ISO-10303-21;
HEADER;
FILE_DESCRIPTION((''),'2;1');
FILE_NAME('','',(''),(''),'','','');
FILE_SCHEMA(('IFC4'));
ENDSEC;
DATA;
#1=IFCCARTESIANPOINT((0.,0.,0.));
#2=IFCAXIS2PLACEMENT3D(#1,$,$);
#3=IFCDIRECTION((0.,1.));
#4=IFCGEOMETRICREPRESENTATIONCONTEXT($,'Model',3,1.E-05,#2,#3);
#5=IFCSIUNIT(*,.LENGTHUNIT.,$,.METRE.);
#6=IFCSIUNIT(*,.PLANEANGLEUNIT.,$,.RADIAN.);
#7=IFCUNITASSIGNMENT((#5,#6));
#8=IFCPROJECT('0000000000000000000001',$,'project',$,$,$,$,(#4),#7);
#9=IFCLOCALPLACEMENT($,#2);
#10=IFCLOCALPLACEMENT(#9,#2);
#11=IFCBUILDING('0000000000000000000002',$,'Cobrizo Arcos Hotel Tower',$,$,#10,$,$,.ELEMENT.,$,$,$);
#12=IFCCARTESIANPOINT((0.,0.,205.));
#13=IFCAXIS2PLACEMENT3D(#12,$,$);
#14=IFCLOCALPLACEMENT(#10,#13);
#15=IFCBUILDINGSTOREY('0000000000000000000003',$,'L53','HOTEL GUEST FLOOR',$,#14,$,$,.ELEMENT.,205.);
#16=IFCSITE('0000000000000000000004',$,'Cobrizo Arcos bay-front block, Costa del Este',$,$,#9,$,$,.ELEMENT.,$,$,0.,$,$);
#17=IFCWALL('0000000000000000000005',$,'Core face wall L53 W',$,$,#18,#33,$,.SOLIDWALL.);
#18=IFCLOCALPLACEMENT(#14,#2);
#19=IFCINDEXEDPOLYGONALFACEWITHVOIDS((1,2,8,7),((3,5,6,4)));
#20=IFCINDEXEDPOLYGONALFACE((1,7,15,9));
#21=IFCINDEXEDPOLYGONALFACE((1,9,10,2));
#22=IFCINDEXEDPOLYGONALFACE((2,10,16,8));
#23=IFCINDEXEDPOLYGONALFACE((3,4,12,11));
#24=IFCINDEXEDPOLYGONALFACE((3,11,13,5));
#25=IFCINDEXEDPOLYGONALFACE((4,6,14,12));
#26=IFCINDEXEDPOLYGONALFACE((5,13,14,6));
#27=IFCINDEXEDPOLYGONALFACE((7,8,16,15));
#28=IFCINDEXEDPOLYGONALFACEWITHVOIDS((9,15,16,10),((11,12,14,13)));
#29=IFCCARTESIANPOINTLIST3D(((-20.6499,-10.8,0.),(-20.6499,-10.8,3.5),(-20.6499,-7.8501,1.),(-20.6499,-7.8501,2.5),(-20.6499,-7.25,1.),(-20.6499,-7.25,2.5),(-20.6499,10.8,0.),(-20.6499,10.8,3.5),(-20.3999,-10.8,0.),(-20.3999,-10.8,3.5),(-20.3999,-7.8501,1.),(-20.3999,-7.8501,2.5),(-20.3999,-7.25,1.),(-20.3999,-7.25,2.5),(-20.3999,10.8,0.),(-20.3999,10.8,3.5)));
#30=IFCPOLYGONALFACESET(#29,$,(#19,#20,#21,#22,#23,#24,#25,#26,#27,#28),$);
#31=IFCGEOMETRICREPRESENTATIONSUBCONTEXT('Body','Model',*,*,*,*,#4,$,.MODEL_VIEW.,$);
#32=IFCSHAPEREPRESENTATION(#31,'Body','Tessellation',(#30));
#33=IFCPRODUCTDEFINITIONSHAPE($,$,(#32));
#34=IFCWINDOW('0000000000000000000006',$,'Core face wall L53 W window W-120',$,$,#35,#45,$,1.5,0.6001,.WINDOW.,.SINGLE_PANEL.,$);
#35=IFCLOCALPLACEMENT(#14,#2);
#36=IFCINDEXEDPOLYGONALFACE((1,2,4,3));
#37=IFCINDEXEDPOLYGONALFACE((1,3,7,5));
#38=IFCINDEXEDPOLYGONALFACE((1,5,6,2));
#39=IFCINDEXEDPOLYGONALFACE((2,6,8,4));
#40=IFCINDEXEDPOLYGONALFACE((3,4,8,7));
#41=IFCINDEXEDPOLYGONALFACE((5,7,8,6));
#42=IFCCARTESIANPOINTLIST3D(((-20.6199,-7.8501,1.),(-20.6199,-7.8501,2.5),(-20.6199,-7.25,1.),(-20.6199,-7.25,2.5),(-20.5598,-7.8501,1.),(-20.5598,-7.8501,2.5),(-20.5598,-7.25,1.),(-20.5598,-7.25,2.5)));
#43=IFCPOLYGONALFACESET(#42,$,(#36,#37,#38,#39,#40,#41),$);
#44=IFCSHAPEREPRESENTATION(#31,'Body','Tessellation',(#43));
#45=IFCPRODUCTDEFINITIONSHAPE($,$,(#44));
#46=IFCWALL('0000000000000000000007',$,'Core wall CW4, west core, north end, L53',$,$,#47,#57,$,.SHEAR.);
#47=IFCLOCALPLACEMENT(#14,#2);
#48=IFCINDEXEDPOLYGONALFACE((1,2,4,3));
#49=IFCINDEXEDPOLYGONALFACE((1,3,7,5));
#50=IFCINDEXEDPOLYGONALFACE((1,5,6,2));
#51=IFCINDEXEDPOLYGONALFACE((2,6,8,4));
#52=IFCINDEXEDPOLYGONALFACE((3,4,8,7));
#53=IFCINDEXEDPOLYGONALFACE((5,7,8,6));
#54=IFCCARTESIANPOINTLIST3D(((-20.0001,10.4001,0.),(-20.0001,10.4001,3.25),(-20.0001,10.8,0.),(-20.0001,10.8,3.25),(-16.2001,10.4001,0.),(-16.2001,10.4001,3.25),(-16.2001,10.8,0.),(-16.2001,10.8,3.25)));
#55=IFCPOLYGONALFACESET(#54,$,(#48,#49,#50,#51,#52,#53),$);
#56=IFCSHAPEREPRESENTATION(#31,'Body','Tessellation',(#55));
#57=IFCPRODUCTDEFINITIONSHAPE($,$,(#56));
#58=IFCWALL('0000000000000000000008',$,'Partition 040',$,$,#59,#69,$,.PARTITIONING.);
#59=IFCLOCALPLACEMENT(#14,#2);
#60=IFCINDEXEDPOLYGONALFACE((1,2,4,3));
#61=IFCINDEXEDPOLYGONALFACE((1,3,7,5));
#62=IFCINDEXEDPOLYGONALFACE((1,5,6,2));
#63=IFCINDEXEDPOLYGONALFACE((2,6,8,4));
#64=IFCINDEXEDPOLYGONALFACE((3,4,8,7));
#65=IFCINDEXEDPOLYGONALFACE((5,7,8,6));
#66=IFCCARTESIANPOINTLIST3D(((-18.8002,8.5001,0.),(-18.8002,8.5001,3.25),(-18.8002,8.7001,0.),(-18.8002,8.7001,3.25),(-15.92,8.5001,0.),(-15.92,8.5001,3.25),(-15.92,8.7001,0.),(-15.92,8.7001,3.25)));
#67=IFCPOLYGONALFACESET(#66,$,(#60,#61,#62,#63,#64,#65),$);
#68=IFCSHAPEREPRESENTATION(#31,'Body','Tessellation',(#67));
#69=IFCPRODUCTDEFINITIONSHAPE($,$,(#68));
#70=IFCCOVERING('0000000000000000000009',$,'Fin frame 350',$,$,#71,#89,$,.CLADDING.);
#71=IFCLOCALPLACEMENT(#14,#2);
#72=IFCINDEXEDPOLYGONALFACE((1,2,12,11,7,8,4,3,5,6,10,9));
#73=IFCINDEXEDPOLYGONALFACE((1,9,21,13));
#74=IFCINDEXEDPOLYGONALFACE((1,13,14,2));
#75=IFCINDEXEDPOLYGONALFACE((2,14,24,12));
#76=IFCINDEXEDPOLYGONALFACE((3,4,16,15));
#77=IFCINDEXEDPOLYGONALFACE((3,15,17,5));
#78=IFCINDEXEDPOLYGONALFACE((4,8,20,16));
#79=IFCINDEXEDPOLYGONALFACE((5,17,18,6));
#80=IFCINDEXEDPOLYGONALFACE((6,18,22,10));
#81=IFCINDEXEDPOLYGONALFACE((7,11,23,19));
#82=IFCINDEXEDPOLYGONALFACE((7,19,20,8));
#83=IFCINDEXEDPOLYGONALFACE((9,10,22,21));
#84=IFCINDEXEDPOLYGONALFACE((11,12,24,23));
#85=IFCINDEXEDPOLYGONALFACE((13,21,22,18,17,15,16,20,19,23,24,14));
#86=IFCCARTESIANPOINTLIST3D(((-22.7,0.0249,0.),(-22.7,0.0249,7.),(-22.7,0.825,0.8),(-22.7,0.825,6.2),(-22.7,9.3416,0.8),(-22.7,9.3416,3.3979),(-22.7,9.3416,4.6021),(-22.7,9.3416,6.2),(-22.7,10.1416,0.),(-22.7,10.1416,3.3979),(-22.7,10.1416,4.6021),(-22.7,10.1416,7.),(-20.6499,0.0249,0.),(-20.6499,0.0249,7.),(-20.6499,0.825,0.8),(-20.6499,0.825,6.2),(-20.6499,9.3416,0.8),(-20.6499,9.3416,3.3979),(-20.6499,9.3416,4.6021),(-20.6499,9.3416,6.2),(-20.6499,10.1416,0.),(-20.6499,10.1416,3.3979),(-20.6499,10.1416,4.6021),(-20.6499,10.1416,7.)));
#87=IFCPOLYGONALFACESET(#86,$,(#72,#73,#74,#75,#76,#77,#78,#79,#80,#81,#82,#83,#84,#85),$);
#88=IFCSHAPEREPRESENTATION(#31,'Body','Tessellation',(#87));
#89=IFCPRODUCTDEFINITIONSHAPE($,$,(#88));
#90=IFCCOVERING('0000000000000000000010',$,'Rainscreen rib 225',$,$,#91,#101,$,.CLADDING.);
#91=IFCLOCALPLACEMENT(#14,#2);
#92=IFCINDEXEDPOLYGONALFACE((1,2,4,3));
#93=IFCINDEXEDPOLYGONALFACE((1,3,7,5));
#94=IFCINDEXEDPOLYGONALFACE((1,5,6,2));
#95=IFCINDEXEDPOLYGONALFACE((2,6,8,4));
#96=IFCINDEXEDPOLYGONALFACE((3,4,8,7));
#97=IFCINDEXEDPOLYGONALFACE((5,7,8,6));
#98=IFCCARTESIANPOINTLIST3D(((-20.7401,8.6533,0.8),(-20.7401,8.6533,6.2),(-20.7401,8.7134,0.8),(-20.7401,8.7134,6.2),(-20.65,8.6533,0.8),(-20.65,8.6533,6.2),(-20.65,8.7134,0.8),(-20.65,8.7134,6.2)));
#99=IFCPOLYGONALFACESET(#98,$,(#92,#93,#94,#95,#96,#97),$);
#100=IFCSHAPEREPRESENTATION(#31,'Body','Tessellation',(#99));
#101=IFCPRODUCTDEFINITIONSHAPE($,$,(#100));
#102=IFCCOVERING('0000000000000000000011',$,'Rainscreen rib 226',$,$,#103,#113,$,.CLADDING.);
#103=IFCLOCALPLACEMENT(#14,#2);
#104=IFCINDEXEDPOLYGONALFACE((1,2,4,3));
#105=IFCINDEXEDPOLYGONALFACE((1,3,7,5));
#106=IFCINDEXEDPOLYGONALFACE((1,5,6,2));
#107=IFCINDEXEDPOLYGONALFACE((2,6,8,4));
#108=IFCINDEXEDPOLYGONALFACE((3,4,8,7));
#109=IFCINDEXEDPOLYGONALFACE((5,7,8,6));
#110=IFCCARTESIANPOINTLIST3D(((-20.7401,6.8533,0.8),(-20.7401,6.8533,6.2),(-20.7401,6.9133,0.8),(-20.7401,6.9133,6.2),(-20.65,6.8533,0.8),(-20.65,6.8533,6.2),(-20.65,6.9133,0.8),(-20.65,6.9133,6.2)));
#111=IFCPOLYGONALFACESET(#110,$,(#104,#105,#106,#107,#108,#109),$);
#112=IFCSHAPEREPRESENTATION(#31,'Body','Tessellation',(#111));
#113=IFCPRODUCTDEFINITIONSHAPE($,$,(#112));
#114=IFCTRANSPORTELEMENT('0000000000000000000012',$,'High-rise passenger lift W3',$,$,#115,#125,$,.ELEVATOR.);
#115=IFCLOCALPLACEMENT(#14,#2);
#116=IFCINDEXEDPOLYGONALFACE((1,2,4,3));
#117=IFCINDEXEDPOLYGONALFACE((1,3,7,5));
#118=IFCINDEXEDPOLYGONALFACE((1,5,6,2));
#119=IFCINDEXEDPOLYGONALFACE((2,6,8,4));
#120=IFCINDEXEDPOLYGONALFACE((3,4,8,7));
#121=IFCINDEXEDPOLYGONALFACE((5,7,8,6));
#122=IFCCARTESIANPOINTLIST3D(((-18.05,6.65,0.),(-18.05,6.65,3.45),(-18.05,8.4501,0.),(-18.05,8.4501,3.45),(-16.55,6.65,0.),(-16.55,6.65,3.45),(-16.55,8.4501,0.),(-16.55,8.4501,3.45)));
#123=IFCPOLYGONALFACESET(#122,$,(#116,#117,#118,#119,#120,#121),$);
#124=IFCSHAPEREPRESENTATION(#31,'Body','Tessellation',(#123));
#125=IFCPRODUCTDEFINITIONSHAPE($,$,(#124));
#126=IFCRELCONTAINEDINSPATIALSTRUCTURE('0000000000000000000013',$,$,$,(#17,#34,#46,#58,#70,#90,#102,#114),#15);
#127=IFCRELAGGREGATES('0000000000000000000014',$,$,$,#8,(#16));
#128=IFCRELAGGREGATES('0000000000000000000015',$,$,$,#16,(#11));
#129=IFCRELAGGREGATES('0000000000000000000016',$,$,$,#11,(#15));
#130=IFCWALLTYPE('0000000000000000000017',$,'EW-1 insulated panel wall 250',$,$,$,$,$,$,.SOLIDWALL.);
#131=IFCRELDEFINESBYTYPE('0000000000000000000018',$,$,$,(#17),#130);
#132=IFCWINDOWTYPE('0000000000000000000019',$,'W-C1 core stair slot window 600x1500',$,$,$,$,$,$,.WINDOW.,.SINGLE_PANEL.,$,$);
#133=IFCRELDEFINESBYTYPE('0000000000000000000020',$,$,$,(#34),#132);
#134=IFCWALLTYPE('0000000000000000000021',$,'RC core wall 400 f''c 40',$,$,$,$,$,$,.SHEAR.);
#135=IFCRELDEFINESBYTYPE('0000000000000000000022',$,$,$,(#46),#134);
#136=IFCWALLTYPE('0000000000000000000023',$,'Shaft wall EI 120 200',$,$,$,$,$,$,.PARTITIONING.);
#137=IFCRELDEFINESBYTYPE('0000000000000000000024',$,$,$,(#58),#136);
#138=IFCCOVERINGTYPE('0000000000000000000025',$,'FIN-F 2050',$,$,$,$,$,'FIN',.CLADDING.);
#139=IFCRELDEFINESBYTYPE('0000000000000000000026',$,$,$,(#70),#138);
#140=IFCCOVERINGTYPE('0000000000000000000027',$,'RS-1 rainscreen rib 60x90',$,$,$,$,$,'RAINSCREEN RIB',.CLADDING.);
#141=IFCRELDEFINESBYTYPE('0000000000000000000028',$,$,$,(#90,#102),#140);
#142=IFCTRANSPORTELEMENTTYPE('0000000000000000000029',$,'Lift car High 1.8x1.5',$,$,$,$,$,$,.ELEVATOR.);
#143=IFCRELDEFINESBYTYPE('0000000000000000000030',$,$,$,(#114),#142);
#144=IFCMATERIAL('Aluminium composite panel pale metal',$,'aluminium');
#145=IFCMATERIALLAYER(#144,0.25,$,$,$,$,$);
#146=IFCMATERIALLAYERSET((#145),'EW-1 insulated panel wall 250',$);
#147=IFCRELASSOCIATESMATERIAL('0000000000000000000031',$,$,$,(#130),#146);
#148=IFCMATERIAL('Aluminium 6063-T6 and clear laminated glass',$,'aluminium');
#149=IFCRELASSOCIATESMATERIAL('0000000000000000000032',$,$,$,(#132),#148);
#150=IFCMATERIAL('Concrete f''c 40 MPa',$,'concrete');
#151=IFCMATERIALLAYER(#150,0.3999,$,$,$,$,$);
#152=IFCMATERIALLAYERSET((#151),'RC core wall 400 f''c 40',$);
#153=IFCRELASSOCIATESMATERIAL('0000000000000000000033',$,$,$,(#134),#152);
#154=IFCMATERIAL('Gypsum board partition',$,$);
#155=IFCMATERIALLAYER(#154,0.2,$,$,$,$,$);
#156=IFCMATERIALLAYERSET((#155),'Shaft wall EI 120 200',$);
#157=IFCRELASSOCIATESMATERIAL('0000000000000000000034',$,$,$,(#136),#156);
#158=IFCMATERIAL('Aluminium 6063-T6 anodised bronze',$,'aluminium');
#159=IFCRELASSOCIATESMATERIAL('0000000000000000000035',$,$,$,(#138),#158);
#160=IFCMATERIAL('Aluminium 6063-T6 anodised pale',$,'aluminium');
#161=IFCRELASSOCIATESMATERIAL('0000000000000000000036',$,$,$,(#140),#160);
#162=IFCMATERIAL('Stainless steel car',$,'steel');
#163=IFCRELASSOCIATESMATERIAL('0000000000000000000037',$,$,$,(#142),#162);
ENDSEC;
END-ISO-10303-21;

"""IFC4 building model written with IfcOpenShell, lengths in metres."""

from ifc_helpers import new_model, si_unit, direction, frame, frame_2d, origin, origin_2d, place, context, subcontext, project, spatial, polyline, rectangle, outline, extrude, material, layer, layer_set, type_object, element, fill, save


model = new_model("IFC4")

# Units and contexts
model_context = context("Model", 3, precision=1e-05, world=origin(), true_north=direction((0.0, 1.0)))
body_context = subcontext(model_context, "Body", "Model", "MODEL_VIEW")
ifc_project = project(units=[si_unit("LENGTHUNIT", "METRE"), si_unit("PLANEANGLEUNIT", "RADIAN")], contexts=[model_context])

# Site, building, storey
site_placement = place(None, origin())
site = spatial("IfcSite", under=ifc_project, at=site_placement, Name="Cobrizo Arcos bay-front block, Costa del Este", CompositionType="ELEMENT", RefElevation=0.0)
building_placement = place(site_placement, origin())
building = spatial("IfcBuilding", under=site, at=building_placement, Name="Cobrizo Arcos Hotel Tower", CompositionType="ELEMENT")
storey_placement = place(building_placement, frame((0.0, 0.0, 205.0)))
storey = spatial("IfcBuildingStorey", under=building, at=storey_placement, Name="L53", Description="HOTEL GUEST FLOOR", CompositionType="ELEMENT", Elevation=205.0)

# Shared definitions
ifc_material_1 = material(Name="Aluminium 6063-T6 anodised bronze", Category="aluminium")

# Shared definitions
ifc_material_2 = material(Name="Gypsum board partition")

# Wall, opening, window
ifc_material_3 = material(Name="Aluminium composite panel pale metal", Category="aluminium")
ifc_layer_1 = layer(ifc_material_3, 0.25)
ifc_layer_set_1 = layer_set([ifc_layer_1], Name="EW-1 insulated panel wall 250")
wall_type_1 = type_object("IfcWallType", Name="EW-1 insulated panel wall 250", PredefinedType="SOLIDWALL", material=ifc_layer_set_1)
wall_1_placement = place(storey_placement, frame((-20.5249, 10.8, 0.0), z_axis=(0.0, 0.0, 1.0), x_axis=(0.0, -1.0, 0.0)))
wall_1 = element("IfcWall", 1, at=wall_1_placement, inside=storey, type_object=wall_type_1, Name="Core face wall L53 W", PredefinedType="SOLIDWALL", context=body_context, shape_type="SweptSolid", body=[
    extrude(rectangle(XDim=21.6001, YDim=0.25, at=frame_2d((10.8, 0.0))), origin(), (0.0, 0.0, 1.0), 3.5),
])
opening_1_placement = place(wall_1_placement, frame((18.05, 0.0, 1.0)))
opening_1 = element("IfcOpeningElement", 2, at=opening_1_placement, cuts=wall_1, PredefinedType="OPENING", context=body_context, shape_type="SweptSolid", body=[
    extrude(rectangle(XDim=0.6001, YDim=1.5, at=frame_2d((0.3, 0.75))), frame((0.0, 0.137, 0.0), z_axis=(0.0, -1.0, 0.0), x_axis=(1.0, 0.0, 0.0)), (0.0, 0.0, 1.0), 0.2739),
])
ifc_material_4 = material(Name="Aluminium 6063-T6 and clear laminated glass", Category="aluminium")
window_type = type_object("IfcWindowType", Name="W-C1 core stair slot window 600x1500", PartitioningType="SINGLE_PANEL", PredefinedType="WINDOW", material=ifc_material_4)
window_placement = place(opening_1_placement, origin())
window = element("IfcWindow", 3, at=window_placement, inside=storey, type_object=window_type, Name="Core face wall L53 W window W-120", OverallHeight=1.5, OverallWidth=0.6001, PartitioningType="SINGLE_PANEL", PredefinedType="WINDOW", context=body_context, shape_type="SweptSolid", body=[
    extrude(rectangle(XDim=0.6001, YDim=1.5, at=frame_2d((0.3, 0.75))), frame((0.0, -0.0349, 0.0), z_axis=(0.0, -1.0, 0.0), x_axis=(1.0, 0.0, 0.0)), (0.0, 0.0, 1.0), 0.0601),
])
fill(opening_1, window)

# Walls
ifc_material_5 = material(Name="Concrete f'c 40 MPa", Category="concrete")
ifc_layer_2 = layer(ifc_material_5, 0.3999)
ifc_layer_set_2 = layer_set([ifc_layer_2], Name="RC core wall 400 f'c 40")
wall_type_2 = type_object("IfcWallType", Name="RC core wall 400 f'c 40", PredefinedType="SHEAR", material=ifc_layer_set_2)
wall_2_placement = place(storey_placement, frame((-20.0, 10.6001, 0.0), z_axis=(0.0, 0.0, 1.0), x_axis=(1.0, 0.0, 0.0)))
element("IfcWall", 4, at=wall_2_placement, inside=storey, type_object=wall_type_2, Name="Core wall CW4, west core, north end, L53", PredefinedType="SHEAR", context=body_context, shape_type="SweptSolid", body=[
    extrude(rectangle(XDim=3.8, YDim=0.3999, at=frame_2d((1.8999, 0.0))), origin(), (0.0, 0.0, 1.0), 3.25),
])
ifc_layer_3 = layer(ifc_material_2, 0.2)
ifc_layer_set_3 = layer_set([ifc_layer_3], Name="Shaft wall EI 120 200")
wall_type_3 = type_object("IfcWallType", Name="Shaft wall EI 120 200", PredefinedType="PARTITIONING", material=ifc_layer_set_3)
wall_3_placement = place(storey_placement, frame((-18.8, 8.6001, 0.0), z_axis=(0.0, 0.0, 1.0), x_axis=(1.0, 0.0, 0.0)))
element("IfcWall", 5, at=wall_3_placement, inside=storey, type_object=wall_type_3, Name="Partition 040", PredefinedType="PARTITIONING", context=body_context, shape_type="SweptSolid", body=[
    extrude(rectangle(XDim=2.8801, YDim=0.2, at=frame_2d((1.4399, 0.0))), origin(), (0.0, 0.0, 1.0), 3.25),
])

# Coverings
covering_type_1 = type_object("IfcCoveringType", Name="FIN-F 2050", ElementType="FIN", PredefinedType="CLADDING", material=ifc_material_1)
covering_placement = place(storey_placement, frame((-20.6499, 10.1416, 0.0), z_axis=(-1.0, 0.0, 0.0), x_axis=(0.0, -1.0, 0.0)))
element("IfcCovering", 6, at=covering_placement, inside=storey, type_object=covering_type_1, Name="Fin frame 350", PredefinedType="CLADDING", context=body_context, shape_type="SweptSolid", body=[
    extrude(outline(polyline([(0.0, 7.0), (0.0, 4.6021), (0.8, 4.6021), (0.8, 6.2), (9.3167, 6.2), (9.3167, 0.8), (0.8, 0.8), (0.8, 3.3979), (0.0, 3.3979), (0.0, 0.0), (10.1167, 0.0), (10.1167, 7.0), (0.0, 7.0)])), origin(), (0.0, 0.0, 1.0), 2.05),
])
ifc_material_6 = material(Name="Aluminium 6063-T6 anodised pale", Category="aluminium")
covering_type_2 = type_object("IfcCoveringType", Name="RS-1 rainscreen rib 60x90", ElementType="RAINSCREEN RIB", PredefinedType="CLADDING", material=ifc_material_6)
for number, where, z_axis, x_axis, name in (
    (7, (-20.6951, 8.6833, 0.8), (0.0, 0.0, 1.0), (0.0, -1.0, 0.0), "Rainscreen rib 225"),
    (8, (-20.6951, 6.8833, 0.8), (0.0, 0.0, 1.0), (0.0, -1.0, 0.0), "Rainscreen rib 226"),
):
    element("IfcCovering", number, at=place(storey_placement, frame(where, z_axis=z_axis, x_axis=x_axis)), inside=storey, type_object=covering_type_2, Name=name, PredefinedType="CLADDING", context=body_context, shape_type="SweptSolid", body=[
        extrude(rectangle(XDim=0.0601, YDim=0.0901, at=origin_2d()), origin(), (0.0, 0.0, 1.0), 5.3999),
    ])

# Transport element
ifc_material_7 = material(Name="Stainless steel car", Category="steel")
transport_element_type = type_object("IfcTransportElementType", Name="Lift car High 1.8x1.5", PredefinedType="ELEVATOR", material=ifc_material_7)
transport_element_placement = place(storey_placement, frame((-17.3, 7.55, 0.0), z_axis=(0.0, 0.0, 1.0), x_axis=(1.0, 0.0, 0.0)))
element("IfcTransportElement", 9, at=transport_element_placement, inside=storey, type_object=transport_element_type, Name="High-rise passenger lift W3", PredefinedType="ELEVATOR", context=body_context, shape_type="SweptSolid", body=[
    extrude(rectangle(XDim=1.5, YDim=1.8, at=origin_2d()), origin(), (0.0, 0.0, 1.0), 3.45),
])

save(model, "model.ifc")
